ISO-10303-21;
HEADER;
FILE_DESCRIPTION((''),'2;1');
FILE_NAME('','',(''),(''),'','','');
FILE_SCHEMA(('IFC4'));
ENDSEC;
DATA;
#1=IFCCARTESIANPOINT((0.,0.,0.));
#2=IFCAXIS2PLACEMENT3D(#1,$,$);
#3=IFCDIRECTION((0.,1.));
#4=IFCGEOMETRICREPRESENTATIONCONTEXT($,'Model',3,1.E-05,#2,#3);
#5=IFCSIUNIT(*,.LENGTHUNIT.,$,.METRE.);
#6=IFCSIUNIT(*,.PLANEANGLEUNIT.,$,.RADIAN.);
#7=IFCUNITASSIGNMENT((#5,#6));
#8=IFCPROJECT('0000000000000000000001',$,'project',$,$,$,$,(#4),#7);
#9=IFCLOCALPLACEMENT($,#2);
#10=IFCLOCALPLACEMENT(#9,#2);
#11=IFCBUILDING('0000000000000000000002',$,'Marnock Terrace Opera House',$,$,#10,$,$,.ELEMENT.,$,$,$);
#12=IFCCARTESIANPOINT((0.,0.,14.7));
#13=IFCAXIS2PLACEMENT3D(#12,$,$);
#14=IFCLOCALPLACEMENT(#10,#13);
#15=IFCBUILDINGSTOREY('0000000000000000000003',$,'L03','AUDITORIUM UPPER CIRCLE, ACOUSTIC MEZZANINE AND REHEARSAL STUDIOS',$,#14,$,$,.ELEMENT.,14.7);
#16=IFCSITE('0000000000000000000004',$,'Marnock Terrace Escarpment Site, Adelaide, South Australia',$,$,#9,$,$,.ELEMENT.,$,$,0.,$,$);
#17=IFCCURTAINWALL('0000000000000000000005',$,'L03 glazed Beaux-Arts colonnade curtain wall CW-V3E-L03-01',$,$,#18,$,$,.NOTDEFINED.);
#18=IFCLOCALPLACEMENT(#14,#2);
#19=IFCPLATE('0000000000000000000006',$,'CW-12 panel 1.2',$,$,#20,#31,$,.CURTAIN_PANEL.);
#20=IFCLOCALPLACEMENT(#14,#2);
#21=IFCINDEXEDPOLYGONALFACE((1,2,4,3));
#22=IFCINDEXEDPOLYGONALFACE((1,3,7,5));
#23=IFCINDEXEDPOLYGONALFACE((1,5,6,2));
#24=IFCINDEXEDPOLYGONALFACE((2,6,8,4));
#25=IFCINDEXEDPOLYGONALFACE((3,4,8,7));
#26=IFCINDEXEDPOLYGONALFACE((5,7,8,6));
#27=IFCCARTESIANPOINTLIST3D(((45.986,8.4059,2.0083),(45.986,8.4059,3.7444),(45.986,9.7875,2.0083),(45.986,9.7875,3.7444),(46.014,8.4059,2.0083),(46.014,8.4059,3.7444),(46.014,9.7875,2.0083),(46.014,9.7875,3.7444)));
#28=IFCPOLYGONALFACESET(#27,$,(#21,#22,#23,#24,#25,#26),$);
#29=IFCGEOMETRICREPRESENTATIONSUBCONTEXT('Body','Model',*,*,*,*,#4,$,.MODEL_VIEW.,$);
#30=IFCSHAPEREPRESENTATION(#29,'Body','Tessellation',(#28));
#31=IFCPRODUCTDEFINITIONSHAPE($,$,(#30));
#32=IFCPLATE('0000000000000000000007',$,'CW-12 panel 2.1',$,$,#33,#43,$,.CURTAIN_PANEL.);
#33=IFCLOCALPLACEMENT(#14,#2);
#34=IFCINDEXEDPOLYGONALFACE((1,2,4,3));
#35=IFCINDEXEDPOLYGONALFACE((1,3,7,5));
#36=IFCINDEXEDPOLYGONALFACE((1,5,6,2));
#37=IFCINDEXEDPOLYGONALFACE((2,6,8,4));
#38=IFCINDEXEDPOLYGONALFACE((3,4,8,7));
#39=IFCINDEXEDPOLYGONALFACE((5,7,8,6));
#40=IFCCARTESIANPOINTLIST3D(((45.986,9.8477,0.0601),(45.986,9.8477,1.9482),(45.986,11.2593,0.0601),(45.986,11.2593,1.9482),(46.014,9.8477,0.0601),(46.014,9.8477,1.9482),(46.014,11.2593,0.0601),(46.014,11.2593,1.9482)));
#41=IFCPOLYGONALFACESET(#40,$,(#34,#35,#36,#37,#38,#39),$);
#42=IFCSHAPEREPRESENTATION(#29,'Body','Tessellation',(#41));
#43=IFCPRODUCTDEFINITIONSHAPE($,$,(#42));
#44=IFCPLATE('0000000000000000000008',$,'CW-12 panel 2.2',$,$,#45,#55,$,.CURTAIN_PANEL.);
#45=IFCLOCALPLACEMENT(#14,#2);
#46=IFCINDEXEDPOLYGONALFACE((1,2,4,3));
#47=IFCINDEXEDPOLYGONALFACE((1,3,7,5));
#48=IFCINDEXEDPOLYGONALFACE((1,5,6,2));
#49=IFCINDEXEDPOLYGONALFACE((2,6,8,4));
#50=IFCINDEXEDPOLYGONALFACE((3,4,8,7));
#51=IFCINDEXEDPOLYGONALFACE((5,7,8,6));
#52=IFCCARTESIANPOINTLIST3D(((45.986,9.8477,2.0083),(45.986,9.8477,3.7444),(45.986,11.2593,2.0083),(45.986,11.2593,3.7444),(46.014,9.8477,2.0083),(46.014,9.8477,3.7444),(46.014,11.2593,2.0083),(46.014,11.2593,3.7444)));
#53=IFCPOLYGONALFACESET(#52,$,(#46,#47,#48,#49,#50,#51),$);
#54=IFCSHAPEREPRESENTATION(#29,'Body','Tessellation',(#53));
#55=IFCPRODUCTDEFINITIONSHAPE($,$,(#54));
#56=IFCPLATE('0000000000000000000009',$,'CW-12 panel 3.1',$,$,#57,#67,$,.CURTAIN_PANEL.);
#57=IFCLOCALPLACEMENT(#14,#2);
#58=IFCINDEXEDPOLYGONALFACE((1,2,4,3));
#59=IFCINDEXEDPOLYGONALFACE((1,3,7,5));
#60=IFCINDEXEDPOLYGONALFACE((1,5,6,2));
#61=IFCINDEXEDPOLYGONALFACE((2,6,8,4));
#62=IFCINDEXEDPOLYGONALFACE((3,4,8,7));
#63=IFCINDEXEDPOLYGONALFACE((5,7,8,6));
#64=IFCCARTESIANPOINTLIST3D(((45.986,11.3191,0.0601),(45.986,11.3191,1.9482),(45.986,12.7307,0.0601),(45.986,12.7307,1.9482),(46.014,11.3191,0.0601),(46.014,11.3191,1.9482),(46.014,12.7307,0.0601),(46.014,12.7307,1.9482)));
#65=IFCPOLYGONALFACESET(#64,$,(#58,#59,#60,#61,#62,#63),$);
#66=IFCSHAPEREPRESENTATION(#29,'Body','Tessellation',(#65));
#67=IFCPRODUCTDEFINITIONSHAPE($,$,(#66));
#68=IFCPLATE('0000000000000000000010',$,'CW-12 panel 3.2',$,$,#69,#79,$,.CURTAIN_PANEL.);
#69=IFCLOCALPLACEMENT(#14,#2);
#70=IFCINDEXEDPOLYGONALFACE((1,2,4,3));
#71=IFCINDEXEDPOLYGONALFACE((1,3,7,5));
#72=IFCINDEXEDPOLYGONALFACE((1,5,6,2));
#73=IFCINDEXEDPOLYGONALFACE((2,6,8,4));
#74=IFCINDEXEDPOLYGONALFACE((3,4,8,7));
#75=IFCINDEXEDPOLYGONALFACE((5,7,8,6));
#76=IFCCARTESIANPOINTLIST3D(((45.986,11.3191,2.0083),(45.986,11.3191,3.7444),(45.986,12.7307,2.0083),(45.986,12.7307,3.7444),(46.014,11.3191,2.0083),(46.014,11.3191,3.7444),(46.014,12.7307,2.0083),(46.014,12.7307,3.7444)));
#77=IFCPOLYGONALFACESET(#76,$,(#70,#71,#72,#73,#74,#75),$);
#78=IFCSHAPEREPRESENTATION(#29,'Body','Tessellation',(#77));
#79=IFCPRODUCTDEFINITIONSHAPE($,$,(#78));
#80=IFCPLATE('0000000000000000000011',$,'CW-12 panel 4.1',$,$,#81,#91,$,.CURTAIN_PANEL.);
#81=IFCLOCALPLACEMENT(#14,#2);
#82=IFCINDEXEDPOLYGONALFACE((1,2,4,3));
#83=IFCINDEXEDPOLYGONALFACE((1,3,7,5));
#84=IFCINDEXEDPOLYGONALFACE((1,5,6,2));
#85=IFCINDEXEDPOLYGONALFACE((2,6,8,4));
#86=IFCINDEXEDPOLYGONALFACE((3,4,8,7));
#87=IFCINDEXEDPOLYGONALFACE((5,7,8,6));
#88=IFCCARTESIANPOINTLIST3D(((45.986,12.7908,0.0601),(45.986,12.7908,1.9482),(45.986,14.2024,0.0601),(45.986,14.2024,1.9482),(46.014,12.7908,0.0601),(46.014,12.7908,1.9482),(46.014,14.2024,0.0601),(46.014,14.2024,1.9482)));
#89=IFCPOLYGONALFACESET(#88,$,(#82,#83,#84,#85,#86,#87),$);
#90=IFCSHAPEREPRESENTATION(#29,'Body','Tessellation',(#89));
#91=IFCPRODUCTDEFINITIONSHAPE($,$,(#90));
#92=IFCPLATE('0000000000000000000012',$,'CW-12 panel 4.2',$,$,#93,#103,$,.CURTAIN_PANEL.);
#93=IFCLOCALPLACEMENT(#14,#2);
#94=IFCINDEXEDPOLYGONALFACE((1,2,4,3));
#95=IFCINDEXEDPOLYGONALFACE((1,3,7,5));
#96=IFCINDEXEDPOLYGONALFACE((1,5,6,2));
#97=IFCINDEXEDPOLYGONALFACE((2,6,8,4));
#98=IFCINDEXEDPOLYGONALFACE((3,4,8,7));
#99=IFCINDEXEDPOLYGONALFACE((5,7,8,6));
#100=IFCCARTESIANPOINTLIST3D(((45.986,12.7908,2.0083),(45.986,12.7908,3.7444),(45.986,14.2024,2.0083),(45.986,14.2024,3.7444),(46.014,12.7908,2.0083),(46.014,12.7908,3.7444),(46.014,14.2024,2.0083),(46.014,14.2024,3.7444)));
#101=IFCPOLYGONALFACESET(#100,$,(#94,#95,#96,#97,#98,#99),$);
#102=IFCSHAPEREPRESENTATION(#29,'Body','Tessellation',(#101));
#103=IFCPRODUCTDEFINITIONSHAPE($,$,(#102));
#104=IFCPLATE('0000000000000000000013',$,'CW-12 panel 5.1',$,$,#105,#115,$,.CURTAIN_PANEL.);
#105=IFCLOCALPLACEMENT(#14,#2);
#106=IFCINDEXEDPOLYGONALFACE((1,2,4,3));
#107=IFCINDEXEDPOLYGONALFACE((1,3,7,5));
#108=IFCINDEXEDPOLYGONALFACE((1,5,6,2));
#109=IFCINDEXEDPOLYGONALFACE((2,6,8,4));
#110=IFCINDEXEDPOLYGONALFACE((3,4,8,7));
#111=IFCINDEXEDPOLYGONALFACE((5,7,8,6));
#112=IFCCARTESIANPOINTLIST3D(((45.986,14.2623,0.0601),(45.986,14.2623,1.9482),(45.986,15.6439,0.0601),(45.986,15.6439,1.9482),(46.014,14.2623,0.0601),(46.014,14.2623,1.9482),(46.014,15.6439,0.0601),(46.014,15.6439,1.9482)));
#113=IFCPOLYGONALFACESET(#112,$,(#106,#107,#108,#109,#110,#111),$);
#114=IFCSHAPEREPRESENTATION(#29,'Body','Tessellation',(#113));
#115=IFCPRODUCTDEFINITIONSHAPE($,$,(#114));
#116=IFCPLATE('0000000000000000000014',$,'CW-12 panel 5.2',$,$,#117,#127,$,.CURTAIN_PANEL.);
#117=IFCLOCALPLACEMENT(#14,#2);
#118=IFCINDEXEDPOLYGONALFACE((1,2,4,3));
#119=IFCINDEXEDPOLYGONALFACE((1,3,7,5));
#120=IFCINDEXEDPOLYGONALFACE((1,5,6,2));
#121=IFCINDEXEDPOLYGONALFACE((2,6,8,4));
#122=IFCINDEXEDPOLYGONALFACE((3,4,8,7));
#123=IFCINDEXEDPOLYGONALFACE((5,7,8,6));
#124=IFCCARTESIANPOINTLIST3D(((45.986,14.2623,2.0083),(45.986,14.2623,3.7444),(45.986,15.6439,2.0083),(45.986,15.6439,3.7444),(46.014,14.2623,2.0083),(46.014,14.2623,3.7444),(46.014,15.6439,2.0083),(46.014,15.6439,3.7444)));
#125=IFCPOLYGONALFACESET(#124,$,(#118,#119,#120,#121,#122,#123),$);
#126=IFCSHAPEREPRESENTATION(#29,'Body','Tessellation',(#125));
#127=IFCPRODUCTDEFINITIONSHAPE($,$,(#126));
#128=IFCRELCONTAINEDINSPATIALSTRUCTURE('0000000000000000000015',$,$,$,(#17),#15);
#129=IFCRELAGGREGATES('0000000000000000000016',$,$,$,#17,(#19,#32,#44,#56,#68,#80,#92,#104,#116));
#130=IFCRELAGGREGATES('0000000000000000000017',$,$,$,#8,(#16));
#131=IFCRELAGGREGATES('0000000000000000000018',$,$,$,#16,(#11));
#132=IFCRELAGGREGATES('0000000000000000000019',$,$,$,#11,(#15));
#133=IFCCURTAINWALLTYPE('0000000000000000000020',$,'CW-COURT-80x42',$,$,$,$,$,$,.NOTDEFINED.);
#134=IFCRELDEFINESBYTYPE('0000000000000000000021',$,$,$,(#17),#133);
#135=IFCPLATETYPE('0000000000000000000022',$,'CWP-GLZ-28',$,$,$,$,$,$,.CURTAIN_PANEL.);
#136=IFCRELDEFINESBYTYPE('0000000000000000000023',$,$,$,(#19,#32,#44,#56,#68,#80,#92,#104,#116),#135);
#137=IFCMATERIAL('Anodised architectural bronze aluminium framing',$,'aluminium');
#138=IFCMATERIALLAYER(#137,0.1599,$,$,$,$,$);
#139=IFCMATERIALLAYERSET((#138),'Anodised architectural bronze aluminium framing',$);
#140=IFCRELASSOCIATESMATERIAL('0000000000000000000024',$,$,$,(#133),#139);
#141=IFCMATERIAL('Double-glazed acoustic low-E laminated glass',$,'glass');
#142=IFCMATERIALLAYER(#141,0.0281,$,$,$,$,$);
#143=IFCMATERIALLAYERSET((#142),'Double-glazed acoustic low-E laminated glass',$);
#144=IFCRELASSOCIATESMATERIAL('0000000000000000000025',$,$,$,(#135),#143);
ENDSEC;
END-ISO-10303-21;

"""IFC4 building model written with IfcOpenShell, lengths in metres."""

from ifc_helpers import new_model, si_unit, direction, frame, origin, origin_2d, place, context, subcontext, project, spatial, rectangle, extrude, material, layer, layer_set, type_object, element, aggregate, save


model = new_model("IFC4")

# Units and contexts
model_context = context("Model", 3, precision=1e-05, world=origin(), true_north=direction((0.0, 1.0)))
body_context = subcontext(model_context, "Body", "Model", "MODEL_VIEW")
ifc_project = project(units=[si_unit("LENGTHUNIT", "METRE"), si_unit("PLANEANGLEUNIT", "RADIAN")], contexts=[model_context])

# Site, building, storey
site_placement = place(None, origin())
site = spatial("IfcSite", under=ifc_project, at=site_placement, Name="Marnock Terrace Escarpment Site, Adelaide, South Australia", CompositionType="ELEMENT", RefElevation=0.0)
building_placement = place(site_placement, origin())
building = spatial("IfcBuilding", under=site, at=building_placement, Name="Marnock Terrace Opera House", CompositionType="ELEMENT")
storey_placement = place(building_placement, frame((0.0, 0.0, 14.7)))
storey = spatial("IfcBuildingStorey", under=building, at=storey_placement, Name="L03", Description="AUDITORIUM UPPER CIRCLE, ACOUSTIC MEZZANINE AND REHEARSAL STUDIOS", CompositionType="ELEMENT", Elevation=14.7)

# Curtain wall, plates
ifc_material_1 = material(Name="Anodised architectural bronze aluminium framing", Category="aluminium")
ifc_layer_1 = layer(ifc_material_1, 0.1599)
ifc_layer_set_1 = layer_set([ifc_layer_1], Name="Anodised architectural bronze aluminium framing")
curtain_wall_type = type_object("IfcCurtainWallType", Name="CW-COURT-80x42", PredefinedType="NOTDEFINED", material=ifc_layer_set_1)
curtain_wall_placement = place(storey_placement, origin())
curtain_wall = element("IfcCurtainWall", 1, at=curtain_wall_placement, inside=storey, type_object=curtain_wall_type, Name="L03 glazed Beaux-Arts colonnade curtain wall CW-V3E-L03-01", PredefinedType="NOTDEFINED")
ifc_material_2 = material(Name="Double-glazed acoustic low-E laminated glass", Category="glass")
ifc_layer_2 = layer(ifc_material_2, 0.0281)
ifc_layer_set_2 = layer_set([ifc_layer_2], Name="Double-glazed acoustic low-E laminated glass")
plate_type = type_object("IfcPlateType", Name="CWP-GLZ-28", PredefinedType="CURTAIN_PANEL", material=ifc_layer_set_2)
plate_1_placement = place(storey_placement, frame((46.0, 9.0967, 2.0083), z_axis=(0.0, 0.0, 1.0), x_axis=(0.0, 1.0, 0.0)))
plate_1 = element("IfcPlate", 2, at=plate_1_placement, type_object=plate_type, Name="CW-12 panel 1.2", PredefinedType="CURTAIN_PANEL", context=body_context, shape_type="SweptSolid", body=[
    extrude(rectangle(XDim=1.3816, YDim=0.0281, at=origin_2d()), origin(), (0.0, 0.0, 1.0), 1.7361),
])
plate_2_placement = place(storey_placement, frame((46.0, 10.5535, 0.0601), z_axis=(0.0, 0.0, 1.0), x_axis=(0.0, 1.0, 0.0)))
plate_2 = element("IfcPlate", 3, at=plate_2_placement, type_object=plate_type, Name="CW-12 panel 2.1", PredefinedType="CURTAIN_PANEL", context=body_context, shape_type="SweptSolid", body=[
    extrude(rectangle(XDim=1.4116, YDim=0.0281, at=origin_2d()), origin(), (0.0, 0.0, 1.0), 1.8882),
])
plate_3_placement = place(storey_placement, frame((46.0, 10.5535, 2.0083), z_axis=(0.0, 0.0, 1.0), x_axis=(0.0, 1.0, 0.0)))
plate_3 = element("IfcPlate", 4, at=plate_3_placement, type_object=plate_type, Name="CW-12 panel 2.2", PredefinedType="CURTAIN_PANEL", context=body_context, shape_type="SweptSolid", body=[
    extrude(rectangle(XDim=1.4116, YDim=0.0281, at=origin_2d()), origin(), (0.0, 0.0, 1.0), 1.7361),
])
plate_4_placement = place(storey_placement, frame((46.0, 12.0249, 0.0601), z_axis=(0.0, 0.0, 1.0), x_axis=(0.0, 1.0, 0.0)))
plate_4 = element("IfcPlate", 5, at=plate_4_placement, type_object=plate_type, Name="CW-12 panel 3.1", PredefinedType="CURTAIN_PANEL", context=body_context, shape_type="SweptSolid", body=[
    extrude(rectangle(XDim=1.4116, YDim=0.0281, at=origin_2d()), origin(), (0.0, 0.0, 1.0), 1.8882),
])
plate_5_placement = place(storey_placement, frame((46.0, 12.0249, 2.0083), z_axis=(0.0, 0.0, 1.0), x_axis=(0.0, 1.0, 0.0)))
plate_5 = element("IfcPlate", 6, at=plate_5_placement, type_object=plate_type, Name="CW-12 panel 3.2", PredefinedType="CURTAIN_PANEL", context=body_context, shape_type="SweptSolid", body=[
    extrude(rectangle(XDim=1.4116, YDim=0.0281, at=origin_2d()), origin(), (0.0, 0.0, 1.0), 1.7361),
])
plate_6_placement = place(storey_placement, frame((46.0, 13.4966, 0.0601), z_axis=(0.0, 0.0, 1.0), x_axis=(0.0, 1.0, 0.0)))
plate_6 = element("IfcPlate", 7, at=plate_6_placement, type_object=plate_type, Name="CW-12 panel 4.1", PredefinedType="CURTAIN_PANEL", context=body_context, shape_type="SweptSolid", body=[
    extrude(rectangle(XDim=1.4116, YDim=0.0281, at=origin_2d()), origin(), (0.0, 0.0, 1.0), 1.8882),
])
plate_7_placement = place(storey_placement, frame((46.0, 13.4966, 2.0083), z_axis=(0.0, 0.0, 1.0), x_axis=(0.0, 1.0, 0.0)))
plate_7 = element("IfcPlate", 8, at=plate_7_placement, type_object=plate_type, Name="CW-12 panel 4.2", PredefinedType="CURTAIN_PANEL", context=body_context, shape_type="SweptSolid", body=[
    extrude(rectangle(XDim=1.4116, YDim=0.0281, at=origin_2d()), origin(), (0.0, 0.0, 1.0), 1.7361),
])
plate_8_placement = place(storey_placement, frame((46.0, 14.9531, 0.0601), z_axis=(0.0, 0.0, 1.0), x_axis=(0.0, 1.0, 0.0)))
plate_8 = element("IfcPlate", 9, at=plate_8_placement, type_object=plate_type, Name="CW-12 panel 5.1", PredefinedType="CURTAIN_PANEL", context=body_context, shape_type="SweptSolid", body=[
    extrude(rectangle(XDim=1.3816, YDim=0.0281, at=origin_2d()), origin(), (0.0, 0.0, 1.0), 1.8882),
])
plate_9_placement = place(storey_placement, frame((46.0, 14.9531, 2.0083), z_axis=(0.0, 0.0, 1.0), x_axis=(0.0, 1.0, 0.0)))
plate_9 = element("IfcPlate", 10, at=plate_9_placement, type_object=plate_type, Name="CW-12 panel 5.2", PredefinedType="CURTAIN_PANEL", context=body_context, shape_type="SweptSolid", body=[
    extrude(rectangle(XDim=1.3816, YDim=0.0281, at=origin_2d()), origin(), (0.0, 0.0, 1.0), 1.7361),
])
aggregate(curtain_wall, [plate_1, plate_2, plate_3, plate_4, plate_5, plate_6, plate_7, plate_8, plate_9])

save(model, "model.ifc")
